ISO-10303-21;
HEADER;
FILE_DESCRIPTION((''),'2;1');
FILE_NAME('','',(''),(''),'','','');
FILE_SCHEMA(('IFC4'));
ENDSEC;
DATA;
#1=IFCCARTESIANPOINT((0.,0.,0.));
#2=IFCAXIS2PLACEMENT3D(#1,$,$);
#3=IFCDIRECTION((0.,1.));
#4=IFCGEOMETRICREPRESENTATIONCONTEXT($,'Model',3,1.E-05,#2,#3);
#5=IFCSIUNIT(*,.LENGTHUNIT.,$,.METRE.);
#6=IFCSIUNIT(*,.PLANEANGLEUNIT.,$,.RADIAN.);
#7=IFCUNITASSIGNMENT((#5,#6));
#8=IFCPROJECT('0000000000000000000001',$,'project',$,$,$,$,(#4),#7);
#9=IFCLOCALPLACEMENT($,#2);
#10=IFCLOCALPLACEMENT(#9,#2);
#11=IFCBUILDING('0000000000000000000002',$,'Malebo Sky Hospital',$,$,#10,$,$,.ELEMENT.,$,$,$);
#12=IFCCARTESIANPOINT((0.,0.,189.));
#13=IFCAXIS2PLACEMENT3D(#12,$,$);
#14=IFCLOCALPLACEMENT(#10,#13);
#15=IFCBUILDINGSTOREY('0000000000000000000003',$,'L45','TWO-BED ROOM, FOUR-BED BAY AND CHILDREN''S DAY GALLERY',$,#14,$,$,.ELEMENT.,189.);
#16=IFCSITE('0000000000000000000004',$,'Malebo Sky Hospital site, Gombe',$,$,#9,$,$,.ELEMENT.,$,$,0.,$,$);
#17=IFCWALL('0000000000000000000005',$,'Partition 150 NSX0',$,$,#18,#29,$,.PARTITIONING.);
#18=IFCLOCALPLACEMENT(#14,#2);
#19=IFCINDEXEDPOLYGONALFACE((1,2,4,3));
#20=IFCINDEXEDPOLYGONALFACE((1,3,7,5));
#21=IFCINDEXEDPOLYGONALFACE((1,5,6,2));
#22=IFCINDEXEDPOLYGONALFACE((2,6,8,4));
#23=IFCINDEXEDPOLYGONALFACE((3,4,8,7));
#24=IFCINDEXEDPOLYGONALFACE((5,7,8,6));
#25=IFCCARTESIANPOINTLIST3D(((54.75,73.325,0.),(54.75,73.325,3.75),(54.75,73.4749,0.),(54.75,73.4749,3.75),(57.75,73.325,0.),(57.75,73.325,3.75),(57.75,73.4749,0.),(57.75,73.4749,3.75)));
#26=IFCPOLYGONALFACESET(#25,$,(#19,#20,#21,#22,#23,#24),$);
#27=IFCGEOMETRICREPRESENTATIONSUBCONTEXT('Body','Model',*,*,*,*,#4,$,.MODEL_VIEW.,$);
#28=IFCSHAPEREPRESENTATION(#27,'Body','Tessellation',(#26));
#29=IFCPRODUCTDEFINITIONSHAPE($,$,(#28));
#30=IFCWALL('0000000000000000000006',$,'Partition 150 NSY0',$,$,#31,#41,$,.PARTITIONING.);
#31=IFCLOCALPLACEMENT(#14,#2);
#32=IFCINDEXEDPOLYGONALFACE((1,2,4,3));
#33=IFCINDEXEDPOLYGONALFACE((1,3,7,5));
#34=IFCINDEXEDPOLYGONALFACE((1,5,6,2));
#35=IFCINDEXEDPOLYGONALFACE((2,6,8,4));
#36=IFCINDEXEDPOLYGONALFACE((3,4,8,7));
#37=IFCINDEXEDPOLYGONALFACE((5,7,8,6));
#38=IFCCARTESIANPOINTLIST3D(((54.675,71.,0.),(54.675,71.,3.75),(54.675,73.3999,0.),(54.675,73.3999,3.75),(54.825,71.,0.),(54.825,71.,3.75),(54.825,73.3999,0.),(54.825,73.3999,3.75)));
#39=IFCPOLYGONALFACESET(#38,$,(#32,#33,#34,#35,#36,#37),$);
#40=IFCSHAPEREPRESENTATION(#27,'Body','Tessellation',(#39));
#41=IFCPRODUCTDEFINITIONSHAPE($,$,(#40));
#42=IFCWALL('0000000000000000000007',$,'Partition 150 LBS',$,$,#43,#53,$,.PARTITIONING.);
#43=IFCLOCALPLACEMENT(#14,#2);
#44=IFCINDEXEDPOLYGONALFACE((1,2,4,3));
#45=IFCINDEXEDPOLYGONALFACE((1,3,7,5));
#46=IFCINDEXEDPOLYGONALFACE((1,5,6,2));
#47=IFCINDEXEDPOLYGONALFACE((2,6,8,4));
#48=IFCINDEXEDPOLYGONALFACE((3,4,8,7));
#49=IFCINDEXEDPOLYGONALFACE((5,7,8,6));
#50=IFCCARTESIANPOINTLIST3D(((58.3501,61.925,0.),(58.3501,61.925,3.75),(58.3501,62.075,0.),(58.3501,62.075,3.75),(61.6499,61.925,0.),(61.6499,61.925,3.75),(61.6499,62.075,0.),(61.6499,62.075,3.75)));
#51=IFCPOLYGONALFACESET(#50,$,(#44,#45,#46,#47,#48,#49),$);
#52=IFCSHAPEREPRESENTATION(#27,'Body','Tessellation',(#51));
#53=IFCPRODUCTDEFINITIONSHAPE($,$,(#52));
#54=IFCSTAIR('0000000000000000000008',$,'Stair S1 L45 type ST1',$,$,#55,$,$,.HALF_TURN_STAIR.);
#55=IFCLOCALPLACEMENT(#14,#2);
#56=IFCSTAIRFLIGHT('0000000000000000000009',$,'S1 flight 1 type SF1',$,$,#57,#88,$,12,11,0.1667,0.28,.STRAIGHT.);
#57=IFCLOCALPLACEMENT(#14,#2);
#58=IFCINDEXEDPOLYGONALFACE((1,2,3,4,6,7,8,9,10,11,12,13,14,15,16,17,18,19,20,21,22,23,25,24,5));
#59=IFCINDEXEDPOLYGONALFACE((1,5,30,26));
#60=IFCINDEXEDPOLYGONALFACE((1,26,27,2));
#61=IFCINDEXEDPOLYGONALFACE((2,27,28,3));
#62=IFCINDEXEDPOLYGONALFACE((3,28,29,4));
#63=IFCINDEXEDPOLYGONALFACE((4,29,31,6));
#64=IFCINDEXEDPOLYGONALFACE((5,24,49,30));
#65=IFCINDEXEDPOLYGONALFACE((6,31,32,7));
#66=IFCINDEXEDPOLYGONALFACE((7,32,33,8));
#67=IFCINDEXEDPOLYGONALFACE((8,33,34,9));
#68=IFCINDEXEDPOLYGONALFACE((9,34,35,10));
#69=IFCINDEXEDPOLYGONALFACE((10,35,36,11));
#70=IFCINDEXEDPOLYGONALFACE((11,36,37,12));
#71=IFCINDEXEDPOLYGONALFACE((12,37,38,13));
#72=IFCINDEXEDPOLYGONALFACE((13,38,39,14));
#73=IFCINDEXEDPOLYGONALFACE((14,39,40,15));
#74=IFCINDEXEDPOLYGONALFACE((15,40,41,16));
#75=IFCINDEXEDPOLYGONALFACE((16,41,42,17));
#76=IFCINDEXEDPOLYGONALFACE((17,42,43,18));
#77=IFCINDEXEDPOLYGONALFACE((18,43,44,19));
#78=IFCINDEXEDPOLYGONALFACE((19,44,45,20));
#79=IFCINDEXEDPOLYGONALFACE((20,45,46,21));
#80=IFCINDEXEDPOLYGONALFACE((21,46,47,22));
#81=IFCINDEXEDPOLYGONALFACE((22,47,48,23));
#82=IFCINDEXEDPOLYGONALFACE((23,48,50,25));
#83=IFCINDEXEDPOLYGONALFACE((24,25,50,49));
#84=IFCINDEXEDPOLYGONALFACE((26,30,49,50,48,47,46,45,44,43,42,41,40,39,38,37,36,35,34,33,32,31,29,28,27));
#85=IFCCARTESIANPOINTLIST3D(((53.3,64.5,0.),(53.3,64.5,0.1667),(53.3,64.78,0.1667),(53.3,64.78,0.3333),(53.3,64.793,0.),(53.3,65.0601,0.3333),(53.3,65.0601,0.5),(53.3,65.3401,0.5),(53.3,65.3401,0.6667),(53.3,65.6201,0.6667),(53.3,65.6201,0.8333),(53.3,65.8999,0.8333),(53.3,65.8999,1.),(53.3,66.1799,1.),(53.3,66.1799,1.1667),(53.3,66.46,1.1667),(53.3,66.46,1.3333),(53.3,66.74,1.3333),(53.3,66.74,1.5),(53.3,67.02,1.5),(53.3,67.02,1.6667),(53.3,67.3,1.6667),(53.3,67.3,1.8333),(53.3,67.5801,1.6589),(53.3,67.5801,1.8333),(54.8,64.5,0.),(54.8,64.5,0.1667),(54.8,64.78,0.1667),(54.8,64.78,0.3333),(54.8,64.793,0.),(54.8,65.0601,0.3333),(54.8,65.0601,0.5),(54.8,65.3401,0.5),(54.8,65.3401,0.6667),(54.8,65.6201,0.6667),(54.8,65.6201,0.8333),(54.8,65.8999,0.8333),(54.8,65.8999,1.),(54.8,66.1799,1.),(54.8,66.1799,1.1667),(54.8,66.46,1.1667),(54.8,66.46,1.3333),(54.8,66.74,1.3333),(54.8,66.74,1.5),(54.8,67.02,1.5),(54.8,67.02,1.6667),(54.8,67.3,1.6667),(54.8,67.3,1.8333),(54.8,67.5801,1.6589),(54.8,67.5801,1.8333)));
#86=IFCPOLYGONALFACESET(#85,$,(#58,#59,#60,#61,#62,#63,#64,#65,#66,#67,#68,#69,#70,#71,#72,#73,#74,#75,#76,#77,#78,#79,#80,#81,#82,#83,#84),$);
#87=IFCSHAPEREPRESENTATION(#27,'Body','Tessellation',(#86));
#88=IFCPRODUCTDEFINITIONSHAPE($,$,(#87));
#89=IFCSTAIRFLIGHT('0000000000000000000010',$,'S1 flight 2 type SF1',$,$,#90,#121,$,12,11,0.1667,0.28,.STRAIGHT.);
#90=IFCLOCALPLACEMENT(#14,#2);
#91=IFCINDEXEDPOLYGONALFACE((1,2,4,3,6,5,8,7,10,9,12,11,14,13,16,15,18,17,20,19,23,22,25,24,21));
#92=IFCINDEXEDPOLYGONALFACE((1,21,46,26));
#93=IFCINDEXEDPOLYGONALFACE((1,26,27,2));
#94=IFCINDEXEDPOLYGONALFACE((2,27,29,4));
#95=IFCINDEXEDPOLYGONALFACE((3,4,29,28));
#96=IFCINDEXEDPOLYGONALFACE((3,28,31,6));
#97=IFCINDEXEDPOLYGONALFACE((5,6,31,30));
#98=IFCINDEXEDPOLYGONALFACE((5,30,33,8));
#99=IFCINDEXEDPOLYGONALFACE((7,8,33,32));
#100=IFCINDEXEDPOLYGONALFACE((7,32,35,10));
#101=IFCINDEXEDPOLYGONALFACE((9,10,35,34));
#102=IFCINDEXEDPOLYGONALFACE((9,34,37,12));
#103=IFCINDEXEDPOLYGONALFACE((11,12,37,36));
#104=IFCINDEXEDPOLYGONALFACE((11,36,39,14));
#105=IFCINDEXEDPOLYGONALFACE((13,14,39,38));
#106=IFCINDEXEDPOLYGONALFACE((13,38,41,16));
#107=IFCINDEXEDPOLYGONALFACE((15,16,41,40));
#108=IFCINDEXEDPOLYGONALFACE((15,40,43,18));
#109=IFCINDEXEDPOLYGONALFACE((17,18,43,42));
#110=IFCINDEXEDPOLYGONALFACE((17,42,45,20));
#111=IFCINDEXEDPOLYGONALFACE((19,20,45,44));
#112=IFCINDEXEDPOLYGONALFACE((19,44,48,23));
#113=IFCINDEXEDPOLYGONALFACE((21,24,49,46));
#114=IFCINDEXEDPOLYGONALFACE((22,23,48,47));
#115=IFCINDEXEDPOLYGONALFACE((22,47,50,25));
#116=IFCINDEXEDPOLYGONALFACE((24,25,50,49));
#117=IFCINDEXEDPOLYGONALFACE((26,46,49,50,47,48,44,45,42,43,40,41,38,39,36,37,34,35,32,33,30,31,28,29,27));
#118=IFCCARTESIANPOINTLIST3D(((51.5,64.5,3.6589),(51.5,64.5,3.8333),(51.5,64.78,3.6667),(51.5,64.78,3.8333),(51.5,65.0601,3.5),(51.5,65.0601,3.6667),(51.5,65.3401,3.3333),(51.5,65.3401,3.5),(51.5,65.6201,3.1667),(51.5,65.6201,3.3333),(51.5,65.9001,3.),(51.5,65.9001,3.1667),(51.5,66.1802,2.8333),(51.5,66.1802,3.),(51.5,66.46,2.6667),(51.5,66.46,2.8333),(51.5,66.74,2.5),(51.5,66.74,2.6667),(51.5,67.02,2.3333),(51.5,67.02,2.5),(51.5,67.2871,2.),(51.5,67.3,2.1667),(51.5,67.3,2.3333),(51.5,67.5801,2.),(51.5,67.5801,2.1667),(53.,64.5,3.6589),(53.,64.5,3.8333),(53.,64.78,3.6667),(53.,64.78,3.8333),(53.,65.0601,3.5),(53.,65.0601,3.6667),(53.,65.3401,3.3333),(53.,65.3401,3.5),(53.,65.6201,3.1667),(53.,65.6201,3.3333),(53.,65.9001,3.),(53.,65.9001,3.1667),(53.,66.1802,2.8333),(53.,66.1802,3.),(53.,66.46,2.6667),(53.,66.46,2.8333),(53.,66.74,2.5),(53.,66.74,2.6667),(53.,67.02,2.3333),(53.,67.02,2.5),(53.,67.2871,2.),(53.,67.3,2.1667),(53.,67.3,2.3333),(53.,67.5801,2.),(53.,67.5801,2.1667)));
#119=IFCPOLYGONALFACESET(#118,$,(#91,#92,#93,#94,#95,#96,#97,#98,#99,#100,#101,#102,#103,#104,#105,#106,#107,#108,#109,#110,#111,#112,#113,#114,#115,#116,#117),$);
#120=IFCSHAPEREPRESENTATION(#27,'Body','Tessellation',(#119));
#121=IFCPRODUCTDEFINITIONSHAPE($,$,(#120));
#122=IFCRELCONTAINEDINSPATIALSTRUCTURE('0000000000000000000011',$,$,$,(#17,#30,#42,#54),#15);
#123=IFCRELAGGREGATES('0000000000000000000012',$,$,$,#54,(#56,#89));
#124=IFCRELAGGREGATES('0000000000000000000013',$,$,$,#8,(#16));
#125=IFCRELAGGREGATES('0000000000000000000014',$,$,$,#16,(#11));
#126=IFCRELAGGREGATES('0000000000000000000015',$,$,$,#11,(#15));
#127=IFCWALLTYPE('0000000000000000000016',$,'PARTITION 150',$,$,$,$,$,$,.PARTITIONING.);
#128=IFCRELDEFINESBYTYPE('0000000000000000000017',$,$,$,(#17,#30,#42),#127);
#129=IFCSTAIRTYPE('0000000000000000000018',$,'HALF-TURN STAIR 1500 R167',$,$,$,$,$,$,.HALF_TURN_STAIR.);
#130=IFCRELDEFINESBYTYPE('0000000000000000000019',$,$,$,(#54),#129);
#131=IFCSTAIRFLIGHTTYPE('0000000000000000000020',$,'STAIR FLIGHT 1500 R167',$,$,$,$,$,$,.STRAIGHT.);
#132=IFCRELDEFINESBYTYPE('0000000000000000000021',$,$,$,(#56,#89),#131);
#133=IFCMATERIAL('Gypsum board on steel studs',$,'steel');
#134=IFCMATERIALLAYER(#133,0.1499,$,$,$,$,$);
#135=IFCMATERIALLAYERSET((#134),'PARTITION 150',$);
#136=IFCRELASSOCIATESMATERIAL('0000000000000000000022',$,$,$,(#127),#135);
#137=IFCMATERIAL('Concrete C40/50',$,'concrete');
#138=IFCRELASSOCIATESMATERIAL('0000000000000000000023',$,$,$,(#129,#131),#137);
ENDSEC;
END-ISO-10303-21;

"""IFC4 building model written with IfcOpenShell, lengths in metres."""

from ifc_helpers import new_model, si_unit, direction, frame, frame_2d, origin, place, context, subcontext, project, spatial, polyline, rectangle, outline, extrude, material, layer, layer_set, type_object, element, aggregate, save


model = new_model("IFC4")

# Units and contexts
model_context = context("Model", 3, precision=1e-05, world=origin(), true_north=direction((0.0, 1.0)))
body_context = subcontext(model_context, "Body", "Model", "MODEL_VIEW")
ifc_project = project(units=[si_unit("LENGTHUNIT", "METRE"), si_unit("PLANEANGLEUNIT", "RADIAN")], contexts=[model_context])

# Site, building, storey
site_placement = place(None, origin())
site = spatial("IfcSite", under=ifc_project, at=site_placement, Name="Malebo Sky Hospital site, Gombe", CompositionType="ELEMENT", RefElevation=0.0)
building_placement = place(site_placement, origin())
building = spatial("IfcBuilding", under=site, at=building_placement, Name="Malebo Sky Hospital", CompositionType="ELEMENT")
storey_placement = place(building_placement, frame((0.0, 0.0, 189.0)))
storey = spatial("IfcBuildingStorey", under=building, at=storey_placement, Name="L45", Description="TWO-BED ROOM, FOUR-BED BAY AND CHILDREN'S DAY GALLERY", CompositionType="ELEMENT", Elevation=189.0)

# Shared definitions
ifc_material_1 = material(Name="Gypsum board on steel studs", Category="steel")
ifc_layer_1 = layer(ifc_material_1, 0.1499)
ifc_layer_set_1 = layer_set([ifc_layer_1], Name="PARTITION 150")
wall_type_1 = type_object("IfcWallType", Name="PARTITION 150", PredefinedType="PARTITIONING", material=ifc_layer_set_1)

# Walls
wall_1_placement = place(storey_placement, frame((54.75, 73.3999, 0.0), z_axis=(0.0, 0.0, 1.0), x_axis=(1.0, 0.0, 0.0)))
element("IfcWall", 1, at=wall_1_placement, inside=storey, type_object=wall_type_1, Name="Partition 150 NSX0", PredefinedType="PARTITIONING", context=body_context, shape_type="SweptSolid", body=[
    extrude(rectangle(XDim=3.0, YDim=0.1499, at=frame_2d((1.5, 0.0))), origin(), (0.0, 0.0, 1.0), 3.75),
])
wall_2_placement = place(storey_placement, frame((54.75, 71.0, 0.0), z_axis=(0.0, 0.0, 1.0), x_axis=(0.0, 1.0, 0.0)))
element("IfcWall", 2, at=wall_2_placement, inside=storey, type_object=wall_type_1, Name="Partition 150 NSY0", PredefinedType="PARTITIONING", context=body_context, shape_type="SweptSolid", body=[
    extrude(rectangle(XDim=2.3999, YDim=0.1499, at=frame_2d((1.2, 0.0))), origin(), (0.0, 0.0, 1.0), 3.75),
])
wall_3_placement = place(storey_placement, frame((58.3501, 62.0, 0.0), z_axis=(0.0, 0.0, 1.0), x_axis=(1.0, 0.0, 0.0)))
element("IfcWall", 3, at=wall_3_placement, inside=storey, type_object=wall_type_1, Name="Partition 150 LBS", PredefinedType="PARTITIONING", context=body_context, shape_type="SweptSolid", body=[
    extrude(rectangle(XDim=3.2998, YDim=0.1499, at=frame_2d((1.6499, 0.0))), origin(), (0.0, 0.0, 1.0), 3.75),
])

# Stair, stair flights
ifc_material_2 = material(Name="Concrete C40/50", Category="concrete")
stair_type = type_object("IfcStairType", Name="HALF-TURN STAIR 1500 R167", PredefinedType="HALF_TURN_STAIR", material=ifc_material_2)
stair_placement = place(storey_placement, origin())
stair = element("IfcStair", 4, at=stair_placement, inside=storey, type_object=stair_type, Name="Stair S1 L45 type ST1", PredefinedType="HALF_TURN_STAIR")
stair_flight_type = type_object("IfcStairFlightType", Name="STAIR FLIGHT 1500 R167", PredefinedType="STRAIGHT", material=ifc_material_2)
stair_flight_1_placement = place(storey_placement, frame((54.05, 64.5, 0.0), z_axis=(0.0, 0.0, 1.0), x_axis=(0.0, 1.0, 0.0)))
stair_flight_1 = element("IfcStairFlight", 5, at=stair_flight_1_placement, type_object=stair_flight_type, Name="S1 flight 1 type SF1", NumberOfRisers=12, NumberOfTreads=11, PredefinedType="STRAIGHT", RiserHeight=0.1667, TreadLength=0.28, context=body_context, shape_type="SweptSolid", body=[
    extrude(outline(polyline([(0.0, 0.0), (0.0, 0.1667), (0.28, 0.1667), (0.28, 0.3333), (0.5601, 0.3333), (0.5601, 0.5), (0.8401, 0.5), (0.8401, 0.6667), (1.1201, 0.6667), (1.1201, 0.8333), (1.3999, 0.8333), (1.3999, 1.0), (1.6799, 1.0), (1.6799, 1.1667), (1.96, 1.1667), (1.96, 1.3333), (2.24, 1.3333), (2.24, 1.5), (2.52, 1.5), (2.52, 1.6667), (2.8, 1.6667), (2.8, 1.8333), (3.0801, 1.8333), (3.0801, 2.0), (3.0801, 1.6589), (0.293, 0.0), (0.0, 0.0)])), frame((0.0, 0.75, 0.0), z_axis=(0.0, -1.0, 0.0), x_axis=(1.0, 0.0, 0.0)), (0.0, 0.0, 1.0), 1.5),
])
stair_flight_2_placement = place(storey_placement, frame((52.25, 67.5801, 2.0), z_axis=(0.0, 0.0, 1.0), x_axis=(0.0, -1.0, 0.0)))
stair_flight_2 = element("IfcStairFlight", 6, at=stair_flight_2_placement, type_object=stair_flight_type, Name="S1 flight 2 type SF1", NumberOfRisers=12, NumberOfTreads=11, PredefinedType="STRAIGHT", RiserHeight=0.1667, TreadLength=0.28, context=body_context, shape_type="SweptSolid", body=[
    extrude(outline(polyline([(0.0, 0.0), (0.0, 0.1667), (0.28, 0.1667), (0.28, 0.3333), (0.5601, 0.3333), (0.5601, 0.5), (0.8401, 0.5), (0.8401, 0.6667), (1.1201, 0.6667), (1.1201, 0.8333), (1.3999, 0.8333), (1.3999, 1.0), (1.6799, 1.0), (1.6799, 1.1667), (1.96, 1.1667), (1.96, 1.3333), (2.24, 1.3333), (2.24, 1.5), (2.52, 1.5), (2.52, 1.6667), (2.8, 1.6667), (2.8, 1.8333), (3.0801, 1.8333), (3.0801, 2.0), (3.0801, 1.6589), (0.293, 0.0), (0.0, 0.0)])), frame((0.0, 0.75, 0.0), z_axis=(0.0, -1.0, 0.0), x_axis=(1.0, 0.0, 0.0)), (0.0, 0.0, 1.0), 1.5),
])
aggregate(stair, [stair_flight_1, stair_flight_2])

save(model, "model.ifc")
